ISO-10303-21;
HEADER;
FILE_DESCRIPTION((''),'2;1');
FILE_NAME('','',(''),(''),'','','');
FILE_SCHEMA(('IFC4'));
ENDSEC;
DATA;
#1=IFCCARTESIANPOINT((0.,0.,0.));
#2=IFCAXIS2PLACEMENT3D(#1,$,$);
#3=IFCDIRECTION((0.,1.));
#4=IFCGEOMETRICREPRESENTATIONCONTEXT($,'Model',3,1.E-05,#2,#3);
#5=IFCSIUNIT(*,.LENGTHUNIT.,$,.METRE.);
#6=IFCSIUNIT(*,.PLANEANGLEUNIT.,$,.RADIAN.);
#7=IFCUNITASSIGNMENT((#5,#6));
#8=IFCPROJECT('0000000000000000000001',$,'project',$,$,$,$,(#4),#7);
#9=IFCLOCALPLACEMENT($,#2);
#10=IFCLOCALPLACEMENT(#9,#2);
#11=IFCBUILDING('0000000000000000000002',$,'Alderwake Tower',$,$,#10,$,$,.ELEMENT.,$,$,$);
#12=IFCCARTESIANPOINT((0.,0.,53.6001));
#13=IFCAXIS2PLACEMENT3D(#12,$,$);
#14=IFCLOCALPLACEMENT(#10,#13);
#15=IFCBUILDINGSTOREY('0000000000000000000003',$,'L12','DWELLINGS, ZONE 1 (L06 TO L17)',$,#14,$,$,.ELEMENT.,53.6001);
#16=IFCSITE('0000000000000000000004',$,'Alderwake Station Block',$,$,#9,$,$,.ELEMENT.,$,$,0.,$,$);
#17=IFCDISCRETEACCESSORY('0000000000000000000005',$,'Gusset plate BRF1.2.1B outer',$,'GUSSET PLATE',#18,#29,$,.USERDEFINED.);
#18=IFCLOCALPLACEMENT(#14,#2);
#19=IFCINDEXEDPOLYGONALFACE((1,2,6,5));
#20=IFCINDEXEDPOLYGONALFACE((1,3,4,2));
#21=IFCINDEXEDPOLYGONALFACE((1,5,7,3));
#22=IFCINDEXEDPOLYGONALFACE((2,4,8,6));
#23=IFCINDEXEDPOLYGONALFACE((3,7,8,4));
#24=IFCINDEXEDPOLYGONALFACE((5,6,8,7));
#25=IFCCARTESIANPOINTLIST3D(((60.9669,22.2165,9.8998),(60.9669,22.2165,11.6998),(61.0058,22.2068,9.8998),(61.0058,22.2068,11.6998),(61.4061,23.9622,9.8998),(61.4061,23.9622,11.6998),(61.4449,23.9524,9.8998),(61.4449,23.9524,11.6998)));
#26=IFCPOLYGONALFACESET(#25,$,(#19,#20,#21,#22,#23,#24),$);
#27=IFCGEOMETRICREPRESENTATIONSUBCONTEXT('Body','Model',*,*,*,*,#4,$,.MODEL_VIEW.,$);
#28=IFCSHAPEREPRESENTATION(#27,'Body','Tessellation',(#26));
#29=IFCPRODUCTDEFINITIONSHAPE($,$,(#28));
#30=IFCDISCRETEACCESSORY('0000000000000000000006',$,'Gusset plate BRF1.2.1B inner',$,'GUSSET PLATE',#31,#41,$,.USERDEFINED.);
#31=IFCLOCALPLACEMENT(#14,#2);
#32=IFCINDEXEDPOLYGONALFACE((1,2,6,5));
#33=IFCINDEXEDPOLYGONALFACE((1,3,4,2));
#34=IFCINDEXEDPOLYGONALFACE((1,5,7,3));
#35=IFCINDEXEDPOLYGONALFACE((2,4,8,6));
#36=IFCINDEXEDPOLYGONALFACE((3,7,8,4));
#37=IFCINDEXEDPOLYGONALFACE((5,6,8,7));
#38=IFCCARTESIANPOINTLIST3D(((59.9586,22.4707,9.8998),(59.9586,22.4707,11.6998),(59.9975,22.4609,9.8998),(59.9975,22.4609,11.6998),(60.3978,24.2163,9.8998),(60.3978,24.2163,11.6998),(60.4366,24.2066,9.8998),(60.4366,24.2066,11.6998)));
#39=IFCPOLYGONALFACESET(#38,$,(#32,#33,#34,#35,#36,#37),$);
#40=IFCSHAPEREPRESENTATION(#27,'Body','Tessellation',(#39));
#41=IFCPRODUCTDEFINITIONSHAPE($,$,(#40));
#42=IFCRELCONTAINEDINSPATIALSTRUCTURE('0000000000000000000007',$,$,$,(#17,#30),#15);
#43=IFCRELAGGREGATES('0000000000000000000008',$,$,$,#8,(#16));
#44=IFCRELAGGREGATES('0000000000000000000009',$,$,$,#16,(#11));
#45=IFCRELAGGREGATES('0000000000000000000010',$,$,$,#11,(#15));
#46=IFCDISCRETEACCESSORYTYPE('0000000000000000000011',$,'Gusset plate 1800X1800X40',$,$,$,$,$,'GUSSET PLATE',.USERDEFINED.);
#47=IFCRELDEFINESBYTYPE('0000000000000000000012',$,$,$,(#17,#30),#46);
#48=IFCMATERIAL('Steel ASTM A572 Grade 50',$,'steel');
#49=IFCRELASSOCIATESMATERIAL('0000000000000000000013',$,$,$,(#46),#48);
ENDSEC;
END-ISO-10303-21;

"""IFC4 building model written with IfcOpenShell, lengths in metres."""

from ifc_helpers import new_model, si_unit, direction, frame, origin, origin_2d, place, context, subcontext, project, spatial, rectangle, extrude, material, material_profile, profile_set, type_object, element, save


model = new_model("IFC4")

# Units and contexts
model_context = context("Model", 3, precision=1e-05, world=origin(), true_north=direction((0.0, 1.0)))
body_context = subcontext(model_context, "Body", "Model", "MODEL_VIEW")
ifc_project = project(units=[si_unit("LENGTHUNIT", "METRE"), si_unit("PLANEANGLEUNIT", "RADIAN")], contexts=[model_context])

# Site, building, storey
site_placement = place(None, origin())
site = spatial("IfcSite", under=ifc_project, at=site_placement, Name="Alderwake Station Block", CompositionType="ELEMENT", RefElevation=0.0)
building_placement = place(site_placement, origin())
building = spatial("IfcBuilding", under=site, at=building_placement, Name="Alderwake Tower", CompositionType="ELEMENT")
storey_placement = place(building_placement, frame((0.0, 0.0, 53.6001)))
storey = spatial("IfcBuildingStorey", under=building, at=storey_placement, Name="L12", Description="DWELLINGS, ZONE 1 (L06 TO L17)", CompositionType="ELEMENT", Elevation=53.6001)

# Discrete accessories
ifc_material_1 = material(Name="Steel ASTM A572 Grade 50", Category="steel")
ifc_material_profile_1 = material_profile(ifc_material_1, rectangle(XDim=1.8, YDim=1.8, at=origin_2d()), Name="gusset 1800X1800")
ifc_profile_set_1 = profile_set([ifc_material_profile_1], Name="Steel ASTM A572 Grade 50")
discrete_accessory_type = type_object("IfcDiscreteAccessoryType", Name="Gusset plate 1800X1800X40", ElementType="GUSSET PLATE", PredefinedType="USERDEFINED", material=ifc_profile_set_1)
for number, where, z_axis, x_axis, name in (
    (1, (61.1865, 23.0894, 10.7998), (0.969783, -0.24397, 0.0), (0.24397, 0.969783, 0.0), "Gusset plate BRF1.2.1B outer"),
    (2, (60.217, 23.3337, 10.7998), (-0.969783, 0.24397, 0.0), (-0.24397, -0.969783, 0.0), "Gusset plate BRF1.2.1B inner"),
):
    element("IfcDiscreteAccessory", number, at=place(storey_placement, frame(where, z_axis=z_axis, x_axis=x_axis)), inside=storey, type_object=discrete_accessory_type, Name=name, ObjectType="GUSSET PLATE", PredefinedType="USERDEFINED", context=body_context, shape_type="SweptSolid", body=[
        extrude(rectangle(XDim=1.8, YDim=1.8, at=origin_2d()), origin(), (0.0, 0.0, 1.0), 0.04),
    ])

save(model, "model.ifc")
